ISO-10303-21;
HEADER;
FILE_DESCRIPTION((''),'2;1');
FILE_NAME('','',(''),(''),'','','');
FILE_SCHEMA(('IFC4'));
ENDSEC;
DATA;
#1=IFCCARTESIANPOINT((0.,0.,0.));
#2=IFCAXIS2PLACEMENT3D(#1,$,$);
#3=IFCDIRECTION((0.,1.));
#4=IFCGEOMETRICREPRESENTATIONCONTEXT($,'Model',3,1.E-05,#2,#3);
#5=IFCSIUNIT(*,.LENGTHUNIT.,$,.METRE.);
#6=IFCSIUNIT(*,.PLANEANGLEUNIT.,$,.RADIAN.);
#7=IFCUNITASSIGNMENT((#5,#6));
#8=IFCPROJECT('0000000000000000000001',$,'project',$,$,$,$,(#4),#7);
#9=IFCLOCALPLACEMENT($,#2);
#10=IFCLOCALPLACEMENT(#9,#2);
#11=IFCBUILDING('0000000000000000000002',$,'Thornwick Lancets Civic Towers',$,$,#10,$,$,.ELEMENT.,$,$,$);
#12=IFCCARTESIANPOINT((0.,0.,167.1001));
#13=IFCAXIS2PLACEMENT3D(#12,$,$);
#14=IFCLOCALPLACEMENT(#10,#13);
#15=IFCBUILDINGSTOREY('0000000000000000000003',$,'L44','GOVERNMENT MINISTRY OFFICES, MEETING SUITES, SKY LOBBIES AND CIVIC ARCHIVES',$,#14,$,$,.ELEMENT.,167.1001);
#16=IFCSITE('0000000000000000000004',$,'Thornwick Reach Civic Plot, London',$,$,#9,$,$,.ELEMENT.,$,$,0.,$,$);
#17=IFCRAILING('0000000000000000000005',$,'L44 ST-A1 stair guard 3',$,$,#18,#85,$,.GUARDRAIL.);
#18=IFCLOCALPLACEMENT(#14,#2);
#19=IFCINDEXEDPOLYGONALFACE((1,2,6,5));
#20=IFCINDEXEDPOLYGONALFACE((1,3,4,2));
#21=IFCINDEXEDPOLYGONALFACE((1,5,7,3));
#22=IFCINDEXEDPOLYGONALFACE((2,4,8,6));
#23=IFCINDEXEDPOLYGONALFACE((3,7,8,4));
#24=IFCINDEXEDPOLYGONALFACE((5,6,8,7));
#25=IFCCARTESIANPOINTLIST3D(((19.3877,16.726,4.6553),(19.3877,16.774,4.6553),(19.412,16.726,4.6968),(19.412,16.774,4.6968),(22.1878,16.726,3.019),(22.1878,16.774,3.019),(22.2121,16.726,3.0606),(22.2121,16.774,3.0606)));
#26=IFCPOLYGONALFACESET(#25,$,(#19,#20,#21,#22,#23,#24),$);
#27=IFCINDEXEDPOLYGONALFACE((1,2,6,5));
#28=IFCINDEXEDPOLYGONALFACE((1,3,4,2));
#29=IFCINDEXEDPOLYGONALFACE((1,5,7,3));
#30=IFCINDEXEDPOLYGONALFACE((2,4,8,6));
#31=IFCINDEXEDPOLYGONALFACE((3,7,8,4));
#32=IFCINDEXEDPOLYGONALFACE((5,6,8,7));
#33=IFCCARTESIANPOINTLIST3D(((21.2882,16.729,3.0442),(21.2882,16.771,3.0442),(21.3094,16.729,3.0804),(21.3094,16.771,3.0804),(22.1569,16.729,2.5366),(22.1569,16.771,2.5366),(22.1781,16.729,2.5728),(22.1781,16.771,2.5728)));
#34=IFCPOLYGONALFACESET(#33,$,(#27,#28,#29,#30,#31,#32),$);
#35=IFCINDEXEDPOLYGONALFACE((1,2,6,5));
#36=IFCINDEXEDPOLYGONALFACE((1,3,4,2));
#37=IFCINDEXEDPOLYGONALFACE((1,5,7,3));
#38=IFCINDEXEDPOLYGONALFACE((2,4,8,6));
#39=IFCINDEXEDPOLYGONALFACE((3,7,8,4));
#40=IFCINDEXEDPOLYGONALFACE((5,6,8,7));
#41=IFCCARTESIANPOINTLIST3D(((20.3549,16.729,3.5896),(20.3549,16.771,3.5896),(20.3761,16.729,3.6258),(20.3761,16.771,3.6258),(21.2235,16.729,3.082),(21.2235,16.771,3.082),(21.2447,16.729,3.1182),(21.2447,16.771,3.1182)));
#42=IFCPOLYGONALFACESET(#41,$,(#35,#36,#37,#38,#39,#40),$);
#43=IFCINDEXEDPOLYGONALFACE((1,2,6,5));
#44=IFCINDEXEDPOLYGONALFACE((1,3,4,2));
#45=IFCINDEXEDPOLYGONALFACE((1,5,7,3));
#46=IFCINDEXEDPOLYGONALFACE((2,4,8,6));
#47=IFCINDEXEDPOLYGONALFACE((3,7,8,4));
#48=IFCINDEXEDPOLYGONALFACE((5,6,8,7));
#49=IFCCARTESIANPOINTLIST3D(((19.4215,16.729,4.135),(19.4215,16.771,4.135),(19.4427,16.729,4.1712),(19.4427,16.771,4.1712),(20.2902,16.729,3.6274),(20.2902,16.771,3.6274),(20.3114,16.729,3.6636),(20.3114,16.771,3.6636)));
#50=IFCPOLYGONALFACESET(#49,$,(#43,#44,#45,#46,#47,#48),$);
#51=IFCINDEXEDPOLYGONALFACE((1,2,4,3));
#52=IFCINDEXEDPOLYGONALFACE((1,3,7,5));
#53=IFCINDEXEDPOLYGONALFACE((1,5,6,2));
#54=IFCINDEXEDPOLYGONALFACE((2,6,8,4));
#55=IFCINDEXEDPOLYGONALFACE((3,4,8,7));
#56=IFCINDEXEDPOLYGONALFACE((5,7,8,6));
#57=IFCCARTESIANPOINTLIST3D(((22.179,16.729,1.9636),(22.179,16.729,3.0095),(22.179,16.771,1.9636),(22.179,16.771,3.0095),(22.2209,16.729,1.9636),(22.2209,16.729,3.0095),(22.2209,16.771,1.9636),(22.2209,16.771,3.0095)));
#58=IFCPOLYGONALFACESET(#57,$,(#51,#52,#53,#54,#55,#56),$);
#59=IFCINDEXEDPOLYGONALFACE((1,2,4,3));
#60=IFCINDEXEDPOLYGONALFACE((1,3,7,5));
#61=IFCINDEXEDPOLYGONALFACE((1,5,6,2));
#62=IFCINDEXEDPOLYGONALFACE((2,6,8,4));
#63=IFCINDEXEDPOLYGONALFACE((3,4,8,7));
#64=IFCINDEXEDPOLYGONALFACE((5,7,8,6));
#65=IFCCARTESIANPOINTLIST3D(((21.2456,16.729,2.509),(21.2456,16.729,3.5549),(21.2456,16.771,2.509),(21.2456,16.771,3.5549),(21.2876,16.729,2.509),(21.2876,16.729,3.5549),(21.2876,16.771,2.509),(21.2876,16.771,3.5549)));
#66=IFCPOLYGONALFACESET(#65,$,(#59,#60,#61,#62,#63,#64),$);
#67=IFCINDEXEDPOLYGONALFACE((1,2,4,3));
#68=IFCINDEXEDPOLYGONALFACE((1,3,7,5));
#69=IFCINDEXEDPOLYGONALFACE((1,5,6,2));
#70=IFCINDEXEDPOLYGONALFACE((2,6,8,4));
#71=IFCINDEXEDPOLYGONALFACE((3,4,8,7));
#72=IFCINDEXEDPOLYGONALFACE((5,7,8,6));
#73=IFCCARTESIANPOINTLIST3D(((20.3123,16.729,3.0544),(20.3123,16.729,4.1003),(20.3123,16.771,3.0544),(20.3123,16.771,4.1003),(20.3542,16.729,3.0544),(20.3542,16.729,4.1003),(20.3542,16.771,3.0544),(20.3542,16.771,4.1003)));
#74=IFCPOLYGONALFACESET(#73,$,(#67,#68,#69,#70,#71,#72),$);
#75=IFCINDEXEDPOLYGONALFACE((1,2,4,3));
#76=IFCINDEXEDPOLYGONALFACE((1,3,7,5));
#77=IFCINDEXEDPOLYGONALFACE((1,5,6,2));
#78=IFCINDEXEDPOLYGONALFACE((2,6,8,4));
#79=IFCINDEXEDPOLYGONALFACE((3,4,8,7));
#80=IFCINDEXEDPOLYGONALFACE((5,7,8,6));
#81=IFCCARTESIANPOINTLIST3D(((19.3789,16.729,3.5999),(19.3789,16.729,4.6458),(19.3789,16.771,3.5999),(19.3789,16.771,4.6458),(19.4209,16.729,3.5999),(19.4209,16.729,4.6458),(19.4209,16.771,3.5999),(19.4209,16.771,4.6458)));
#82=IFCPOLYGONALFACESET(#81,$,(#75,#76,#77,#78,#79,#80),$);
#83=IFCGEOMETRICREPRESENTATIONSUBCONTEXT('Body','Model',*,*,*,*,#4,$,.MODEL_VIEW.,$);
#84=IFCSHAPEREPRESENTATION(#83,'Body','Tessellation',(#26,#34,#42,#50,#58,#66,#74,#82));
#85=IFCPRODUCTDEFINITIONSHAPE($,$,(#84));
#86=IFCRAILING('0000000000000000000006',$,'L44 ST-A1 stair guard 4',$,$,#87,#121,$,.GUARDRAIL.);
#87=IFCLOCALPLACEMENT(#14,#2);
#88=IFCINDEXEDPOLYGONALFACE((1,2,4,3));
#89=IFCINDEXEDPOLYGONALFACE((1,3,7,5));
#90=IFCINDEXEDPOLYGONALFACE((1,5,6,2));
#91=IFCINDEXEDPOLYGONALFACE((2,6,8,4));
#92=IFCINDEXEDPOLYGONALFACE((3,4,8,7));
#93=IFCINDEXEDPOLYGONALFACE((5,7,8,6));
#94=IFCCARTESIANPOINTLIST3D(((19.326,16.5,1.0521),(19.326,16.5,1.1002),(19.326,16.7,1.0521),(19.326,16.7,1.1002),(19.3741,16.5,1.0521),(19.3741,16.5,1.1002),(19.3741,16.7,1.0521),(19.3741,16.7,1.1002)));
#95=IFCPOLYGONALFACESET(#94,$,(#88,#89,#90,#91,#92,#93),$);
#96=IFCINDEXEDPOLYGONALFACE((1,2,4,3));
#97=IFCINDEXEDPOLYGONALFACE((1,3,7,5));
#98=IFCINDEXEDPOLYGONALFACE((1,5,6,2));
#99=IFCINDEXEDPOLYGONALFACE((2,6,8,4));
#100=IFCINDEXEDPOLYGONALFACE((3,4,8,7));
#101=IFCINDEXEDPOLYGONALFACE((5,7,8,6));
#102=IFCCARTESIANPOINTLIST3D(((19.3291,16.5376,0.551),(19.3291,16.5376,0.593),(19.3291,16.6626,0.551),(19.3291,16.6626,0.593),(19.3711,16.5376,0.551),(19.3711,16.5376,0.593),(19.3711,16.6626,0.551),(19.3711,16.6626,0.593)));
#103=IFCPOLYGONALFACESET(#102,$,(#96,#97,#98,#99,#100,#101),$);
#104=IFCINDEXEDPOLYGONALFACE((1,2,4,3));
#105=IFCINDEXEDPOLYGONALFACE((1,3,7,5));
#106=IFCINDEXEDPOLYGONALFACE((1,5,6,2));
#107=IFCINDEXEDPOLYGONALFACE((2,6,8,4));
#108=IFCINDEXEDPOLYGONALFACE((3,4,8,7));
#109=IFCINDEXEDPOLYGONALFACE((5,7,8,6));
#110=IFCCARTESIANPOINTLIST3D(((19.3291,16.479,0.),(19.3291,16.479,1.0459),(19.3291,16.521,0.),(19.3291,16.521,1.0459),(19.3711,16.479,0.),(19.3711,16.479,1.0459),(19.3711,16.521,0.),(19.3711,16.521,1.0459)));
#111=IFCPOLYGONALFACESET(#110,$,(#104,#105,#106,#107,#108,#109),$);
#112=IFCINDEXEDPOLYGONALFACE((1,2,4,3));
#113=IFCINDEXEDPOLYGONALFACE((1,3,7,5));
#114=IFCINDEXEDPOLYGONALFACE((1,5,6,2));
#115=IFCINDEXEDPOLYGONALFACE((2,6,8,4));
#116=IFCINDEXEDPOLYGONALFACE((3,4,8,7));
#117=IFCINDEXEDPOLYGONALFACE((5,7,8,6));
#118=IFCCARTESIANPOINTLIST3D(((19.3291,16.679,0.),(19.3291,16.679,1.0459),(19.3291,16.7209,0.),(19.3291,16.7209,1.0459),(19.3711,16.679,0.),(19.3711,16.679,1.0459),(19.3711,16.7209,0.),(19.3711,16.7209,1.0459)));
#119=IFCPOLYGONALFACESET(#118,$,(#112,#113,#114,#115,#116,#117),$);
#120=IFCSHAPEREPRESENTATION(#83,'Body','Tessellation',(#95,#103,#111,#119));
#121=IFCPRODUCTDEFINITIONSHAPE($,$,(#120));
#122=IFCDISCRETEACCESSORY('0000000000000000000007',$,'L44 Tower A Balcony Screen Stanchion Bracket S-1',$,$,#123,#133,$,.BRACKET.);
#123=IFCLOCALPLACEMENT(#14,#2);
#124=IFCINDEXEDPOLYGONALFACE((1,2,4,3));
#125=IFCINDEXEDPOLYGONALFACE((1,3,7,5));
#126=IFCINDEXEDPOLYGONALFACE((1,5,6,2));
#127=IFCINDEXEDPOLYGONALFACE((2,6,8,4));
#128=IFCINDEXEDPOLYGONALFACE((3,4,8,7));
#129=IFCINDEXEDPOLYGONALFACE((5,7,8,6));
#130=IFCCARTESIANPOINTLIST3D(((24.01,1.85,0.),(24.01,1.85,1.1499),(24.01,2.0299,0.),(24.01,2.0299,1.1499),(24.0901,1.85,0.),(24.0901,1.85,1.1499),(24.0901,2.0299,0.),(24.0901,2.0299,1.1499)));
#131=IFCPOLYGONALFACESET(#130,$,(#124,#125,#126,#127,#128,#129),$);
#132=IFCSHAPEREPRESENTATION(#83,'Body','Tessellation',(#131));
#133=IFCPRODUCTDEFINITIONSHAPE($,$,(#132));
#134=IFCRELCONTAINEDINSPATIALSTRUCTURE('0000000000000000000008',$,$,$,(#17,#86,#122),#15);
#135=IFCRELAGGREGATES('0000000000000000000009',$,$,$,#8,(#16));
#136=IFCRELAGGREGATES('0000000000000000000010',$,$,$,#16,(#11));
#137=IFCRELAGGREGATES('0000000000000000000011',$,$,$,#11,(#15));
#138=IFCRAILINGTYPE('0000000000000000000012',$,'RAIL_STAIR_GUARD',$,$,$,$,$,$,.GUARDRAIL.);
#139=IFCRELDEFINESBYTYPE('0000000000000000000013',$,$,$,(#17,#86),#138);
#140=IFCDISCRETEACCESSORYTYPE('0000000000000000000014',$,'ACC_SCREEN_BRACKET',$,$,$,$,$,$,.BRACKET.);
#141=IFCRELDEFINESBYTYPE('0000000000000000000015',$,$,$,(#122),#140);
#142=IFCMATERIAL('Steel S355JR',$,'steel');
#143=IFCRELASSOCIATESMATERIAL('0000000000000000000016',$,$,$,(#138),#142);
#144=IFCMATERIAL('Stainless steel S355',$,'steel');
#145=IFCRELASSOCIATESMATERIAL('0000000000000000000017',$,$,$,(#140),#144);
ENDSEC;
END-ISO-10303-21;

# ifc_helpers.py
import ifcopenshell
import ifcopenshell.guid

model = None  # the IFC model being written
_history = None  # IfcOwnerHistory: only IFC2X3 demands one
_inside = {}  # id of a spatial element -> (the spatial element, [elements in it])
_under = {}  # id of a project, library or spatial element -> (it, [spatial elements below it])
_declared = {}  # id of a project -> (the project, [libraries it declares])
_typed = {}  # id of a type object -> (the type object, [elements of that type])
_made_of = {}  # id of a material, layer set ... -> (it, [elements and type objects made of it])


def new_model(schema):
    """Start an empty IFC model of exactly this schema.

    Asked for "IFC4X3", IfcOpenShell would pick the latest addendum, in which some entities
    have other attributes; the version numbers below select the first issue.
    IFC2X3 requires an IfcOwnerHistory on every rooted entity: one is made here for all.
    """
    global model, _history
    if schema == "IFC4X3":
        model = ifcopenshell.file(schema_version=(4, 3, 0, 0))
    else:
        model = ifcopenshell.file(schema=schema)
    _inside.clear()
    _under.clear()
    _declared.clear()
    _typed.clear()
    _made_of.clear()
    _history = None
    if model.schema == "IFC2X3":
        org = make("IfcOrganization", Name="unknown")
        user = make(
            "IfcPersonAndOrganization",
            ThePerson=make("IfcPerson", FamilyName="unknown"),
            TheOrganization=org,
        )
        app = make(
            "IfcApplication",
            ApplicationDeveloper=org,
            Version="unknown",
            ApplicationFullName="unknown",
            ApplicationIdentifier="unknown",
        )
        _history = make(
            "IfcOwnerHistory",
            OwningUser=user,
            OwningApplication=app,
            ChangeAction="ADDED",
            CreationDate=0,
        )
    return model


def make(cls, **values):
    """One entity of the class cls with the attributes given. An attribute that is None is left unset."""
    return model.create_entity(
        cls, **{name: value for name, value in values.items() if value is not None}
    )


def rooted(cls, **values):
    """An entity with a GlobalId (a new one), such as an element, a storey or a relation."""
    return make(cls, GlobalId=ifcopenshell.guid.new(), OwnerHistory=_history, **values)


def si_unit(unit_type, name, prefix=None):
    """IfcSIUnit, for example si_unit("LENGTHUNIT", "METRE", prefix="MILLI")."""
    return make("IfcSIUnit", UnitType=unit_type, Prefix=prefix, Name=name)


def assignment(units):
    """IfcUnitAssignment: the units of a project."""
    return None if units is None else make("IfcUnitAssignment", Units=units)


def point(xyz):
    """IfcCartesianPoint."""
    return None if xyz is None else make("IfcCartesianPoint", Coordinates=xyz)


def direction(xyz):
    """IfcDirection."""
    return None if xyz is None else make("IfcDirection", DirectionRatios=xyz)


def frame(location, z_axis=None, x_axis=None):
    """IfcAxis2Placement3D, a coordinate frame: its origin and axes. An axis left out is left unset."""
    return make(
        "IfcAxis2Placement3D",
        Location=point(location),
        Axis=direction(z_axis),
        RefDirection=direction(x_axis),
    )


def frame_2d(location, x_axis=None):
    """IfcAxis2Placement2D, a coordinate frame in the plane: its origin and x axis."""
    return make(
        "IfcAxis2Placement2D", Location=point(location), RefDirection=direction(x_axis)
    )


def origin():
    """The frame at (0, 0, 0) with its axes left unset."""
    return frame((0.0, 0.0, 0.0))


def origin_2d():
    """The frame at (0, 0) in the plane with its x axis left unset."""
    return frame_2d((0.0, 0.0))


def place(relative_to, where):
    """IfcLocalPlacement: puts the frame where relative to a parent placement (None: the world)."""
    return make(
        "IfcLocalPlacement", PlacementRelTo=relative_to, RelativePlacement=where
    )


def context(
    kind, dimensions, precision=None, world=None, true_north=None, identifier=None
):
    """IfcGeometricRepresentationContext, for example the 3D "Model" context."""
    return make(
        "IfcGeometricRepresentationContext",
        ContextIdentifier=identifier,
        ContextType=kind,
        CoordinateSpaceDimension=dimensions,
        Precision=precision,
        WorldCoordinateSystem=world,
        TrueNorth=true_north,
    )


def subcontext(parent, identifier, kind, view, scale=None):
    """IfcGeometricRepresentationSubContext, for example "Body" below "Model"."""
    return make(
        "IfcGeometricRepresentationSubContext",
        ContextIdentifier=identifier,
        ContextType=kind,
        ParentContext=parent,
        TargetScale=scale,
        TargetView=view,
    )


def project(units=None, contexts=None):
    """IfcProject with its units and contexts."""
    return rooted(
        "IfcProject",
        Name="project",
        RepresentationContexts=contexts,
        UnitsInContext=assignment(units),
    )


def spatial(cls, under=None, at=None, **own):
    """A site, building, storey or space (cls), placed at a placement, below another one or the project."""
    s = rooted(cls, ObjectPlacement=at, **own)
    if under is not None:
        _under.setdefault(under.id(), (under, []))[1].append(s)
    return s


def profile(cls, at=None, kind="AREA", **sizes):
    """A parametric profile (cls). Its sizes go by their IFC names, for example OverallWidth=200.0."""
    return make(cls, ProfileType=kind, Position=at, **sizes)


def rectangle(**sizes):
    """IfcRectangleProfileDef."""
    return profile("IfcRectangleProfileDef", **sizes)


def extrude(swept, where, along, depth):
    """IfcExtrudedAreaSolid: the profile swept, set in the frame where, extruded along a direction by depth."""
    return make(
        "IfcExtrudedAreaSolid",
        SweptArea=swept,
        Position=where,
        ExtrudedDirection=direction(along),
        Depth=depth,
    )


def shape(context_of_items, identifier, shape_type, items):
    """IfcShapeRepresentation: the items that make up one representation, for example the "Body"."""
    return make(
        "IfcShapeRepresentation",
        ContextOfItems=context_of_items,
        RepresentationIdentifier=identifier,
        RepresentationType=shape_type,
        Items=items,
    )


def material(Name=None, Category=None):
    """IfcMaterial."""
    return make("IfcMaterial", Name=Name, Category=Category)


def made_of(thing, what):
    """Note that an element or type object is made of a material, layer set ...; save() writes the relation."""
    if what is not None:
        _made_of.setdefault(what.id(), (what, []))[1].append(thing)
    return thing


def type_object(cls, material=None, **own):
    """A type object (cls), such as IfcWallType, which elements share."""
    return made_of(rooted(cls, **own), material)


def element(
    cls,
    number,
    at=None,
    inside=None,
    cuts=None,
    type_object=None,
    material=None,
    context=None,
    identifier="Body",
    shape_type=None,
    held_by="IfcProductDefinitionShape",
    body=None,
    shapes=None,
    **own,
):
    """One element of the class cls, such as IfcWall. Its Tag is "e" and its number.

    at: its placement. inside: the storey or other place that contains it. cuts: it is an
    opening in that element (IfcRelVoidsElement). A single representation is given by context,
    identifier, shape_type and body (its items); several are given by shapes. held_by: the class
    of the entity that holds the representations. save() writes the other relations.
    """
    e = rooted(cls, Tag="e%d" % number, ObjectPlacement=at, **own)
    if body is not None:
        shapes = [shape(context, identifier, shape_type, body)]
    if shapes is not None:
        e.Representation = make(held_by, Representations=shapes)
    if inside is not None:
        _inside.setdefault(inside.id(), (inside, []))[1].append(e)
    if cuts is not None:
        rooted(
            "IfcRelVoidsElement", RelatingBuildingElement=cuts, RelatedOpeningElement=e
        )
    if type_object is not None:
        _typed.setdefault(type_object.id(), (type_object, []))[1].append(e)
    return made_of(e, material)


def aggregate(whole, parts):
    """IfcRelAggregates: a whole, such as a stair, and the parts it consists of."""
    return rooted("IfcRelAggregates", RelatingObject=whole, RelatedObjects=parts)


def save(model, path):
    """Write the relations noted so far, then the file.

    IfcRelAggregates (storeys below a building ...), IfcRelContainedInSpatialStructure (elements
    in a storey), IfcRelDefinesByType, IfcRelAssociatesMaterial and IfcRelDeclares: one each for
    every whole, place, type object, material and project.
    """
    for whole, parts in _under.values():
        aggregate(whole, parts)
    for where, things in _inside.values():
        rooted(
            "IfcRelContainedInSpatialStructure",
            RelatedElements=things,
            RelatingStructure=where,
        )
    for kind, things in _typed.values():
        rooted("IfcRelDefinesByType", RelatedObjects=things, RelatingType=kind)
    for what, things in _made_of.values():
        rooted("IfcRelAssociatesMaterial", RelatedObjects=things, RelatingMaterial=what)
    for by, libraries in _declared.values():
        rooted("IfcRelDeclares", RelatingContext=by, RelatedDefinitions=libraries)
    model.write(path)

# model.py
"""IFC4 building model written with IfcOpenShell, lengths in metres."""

from ifc_helpers import new_model, si_unit, direction, frame, origin, origin_2d, place, context, subcontext, project, spatial, rectangle, extrude, material, type_object, element, save


model = new_model("IFC4")

# Units and contexts
model_context = context("Model", 3, precision=1e-05, world=origin(), true_north=direction((0.0, 1.0)))
body_context = subcontext(model_context, "Body", "Model", "MODEL_VIEW")
ifc_project = project(units=[si_unit("LENGTHUNIT", "METRE"), si_unit("PLANEANGLEUNIT", "RADIAN")], contexts=[model_context])

# Site, building, storey
site_placement = place(None, origin())
site = spatial("IfcSite", under=ifc_project, at=site_placement, Name="Thornwick Reach Civic Plot, London", CompositionType="ELEMENT", RefElevation=0.0)
building_placement = place(site_placement, origin())
building = spatial("IfcBuilding", under=site, at=building_placement, Name="Thornwick Lancets Civic Towers", CompositionType="ELEMENT")
storey_placement = place(building_placement, frame((0.0, 0.0, 167.1001)))
storey = spatial("IfcBuildingStorey", under=building, at=storey_placement, Name="L44", Description="GOVERNMENT MINISTRY OFFICES, MEETING SUITES, SKY LOBBIES AND CIVIC ARCHIVES", CompositionType="ELEMENT", Elevation=167.1001)

# Shared definitions
ifc_material_1 = material(Name="Steel S355JR", Category="steel")

# Railings
railing_type_1 = type_object("IfcRailingType", Name="RAIL_STAIR_GUARD", PredefinedType="GUARDRAIL", material=ifc_material_1)
railing_1_placement = place(storey_placement, frame((22.2, 16.75, 1.9636)))
element("IfcRailing", 1, at=railing_1_placement, inside=storey, type_object=railing_type_1, Name="L44 ST-A1 stair guard 3", PredefinedType="GUARDRAIL", context=body_context, shape_type="SweptSolid", body=[
    extrude(rectangle(XDim=0.0481, YDim=0.0481, at=origin_2d()), frame((0.0, 0.0, 1.0762), z_axis=(-0.863394, 0.0, 0.504531), x_axis=(0.0, -1.0, 0.0)), (0.0, 0.0, 1.0), 3.2432),
    extrude(rectangle(XDim=0.042, YDim=0.042, at=origin_2d()), frame((-0.0325, 0.0, 0.5911), z_axis=(-0.863394, 0.0, 0.504531), x_axis=(0.0, -1.0, 0.0)), (0.0, 0.0, 1.0), 1.0061),
    extrude(rectangle(XDim=0.042, YDim=0.042, at=origin_2d()), frame((-0.9658, 0.0, 1.1365), z_axis=(-0.863394, 0.0, 0.504531), x_axis=(0.0, -1.0, 0.0)), (0.0, 0.0, 1.0), 1.0061),
    extrude(rectangle(XDim=0.042, YDim=0.042, at=origin_2d()), frame((-1.8992, 0.0, 1.6819), z_axis=(-0.863394, 0.0, 0.504531), x_axis=(0.0, -1.0, 0.0)), (0.0, 0.0, 1.0), 1.0061),
    extrude(rectangle(XDim=0.042, YDim=0.042, at=origin_2d()), origin(), (0.0, 0.0, 1.0), 1.0459),
    extrude(rectangle(XDim=0.042, YDim=0.042, at=origin_2d()), frame((-0.9333, 0.0, 0.5454)), (0.0, 0.0, 1.0), 1.0459),
    extrude(rectangle(XDim=0.042, YDim=0.042, at=origin_2d()), frame((-1.8667, 0.0, 1.0908)), (0.0, 0.0, 1.0), 1.0459),
    extrude(rectangle(XDim=0.042, YDim=0.042, at=origin_2d()), frame((-2.8, 0.0, 1.6362)), (0.0, 0.0, 1.0), 1.0459),
])
railing_2_placement = place(storey_placement, frame((19.3501, 16.5, 0.0)))
element("IfcRailing", 2, at=railing_2_placement, inside=storey, type_object=railing_type_1, Name="L44 ST-A1 stair guard 4", PredefinedType="GUARDRAIL", context=body_context, shape_type="SweptSolid", body=[
    extrude(rectangle(XDim=0.0481, YDim=0.0481, at=origin_2d()), frame((0.0, 0.0, 1.0762), z_axis=(0.0, 1.0, 0.0), x_axis=(-1.0, 0.0, 0.0)), (0.0, 0.0, 1.0), 0.2),
    extrude(rectangle(XDim=0.042, YDim=0.042, at=origin_2d()), frame((0.0, 0.0376, 0.572), z_axis=(0.0, 1.0, 0.0), x_axis=(-1.0, 0.0, 0.0)), (0.0, 0.0, 1.0), 0.125),
    extrude(rectangle(XDim=0.042, YDim=0.042, at=origin_2d()), origin(), (0.0, 0.0, 1.0), 1.0459),
    extrude(rectangle(XDim=0.042, YDim=0.042, at=origin_2d()), frame((0.0, 0.2, 0.0)), (0.0, 0.0, 1.0), 1.0459),
])

# Discrete accessory
ifc_material_2 = material(Name="Stainless steel S355", Category="steel")
discrete_accessory_type = type_object("IfcDiscreteAccessoryType", Name="ACC_SCREEN_BRACKET", PredefinedType="BRACKET", material=ifc_material_2)
discrete_accessory_placement = place(storey_placement, frame((24.05, 1.9399, 0.0), z_axis=(0.0, 0.0, 1.0), x_axis=(1.0, 0.0, 0.0)))
element("IfcDiscreteAccessory", 3, at=discrete_accessory_placement, inside=storey, type_object=discrete_accessory_type, Name="L44 Tower A Balcony Screen Stanchion Bracket S-1", PredefinedType="BRACKET", context=body_context, shape_type="SweptSolid", body=[
    extrude(rectangle(XDim=0.0801, YDim=0.1799, at=origin_2d()), origin(), (0.0, 0.0, 1.0), 1.1499),
])

save(model, "model.ifc")
